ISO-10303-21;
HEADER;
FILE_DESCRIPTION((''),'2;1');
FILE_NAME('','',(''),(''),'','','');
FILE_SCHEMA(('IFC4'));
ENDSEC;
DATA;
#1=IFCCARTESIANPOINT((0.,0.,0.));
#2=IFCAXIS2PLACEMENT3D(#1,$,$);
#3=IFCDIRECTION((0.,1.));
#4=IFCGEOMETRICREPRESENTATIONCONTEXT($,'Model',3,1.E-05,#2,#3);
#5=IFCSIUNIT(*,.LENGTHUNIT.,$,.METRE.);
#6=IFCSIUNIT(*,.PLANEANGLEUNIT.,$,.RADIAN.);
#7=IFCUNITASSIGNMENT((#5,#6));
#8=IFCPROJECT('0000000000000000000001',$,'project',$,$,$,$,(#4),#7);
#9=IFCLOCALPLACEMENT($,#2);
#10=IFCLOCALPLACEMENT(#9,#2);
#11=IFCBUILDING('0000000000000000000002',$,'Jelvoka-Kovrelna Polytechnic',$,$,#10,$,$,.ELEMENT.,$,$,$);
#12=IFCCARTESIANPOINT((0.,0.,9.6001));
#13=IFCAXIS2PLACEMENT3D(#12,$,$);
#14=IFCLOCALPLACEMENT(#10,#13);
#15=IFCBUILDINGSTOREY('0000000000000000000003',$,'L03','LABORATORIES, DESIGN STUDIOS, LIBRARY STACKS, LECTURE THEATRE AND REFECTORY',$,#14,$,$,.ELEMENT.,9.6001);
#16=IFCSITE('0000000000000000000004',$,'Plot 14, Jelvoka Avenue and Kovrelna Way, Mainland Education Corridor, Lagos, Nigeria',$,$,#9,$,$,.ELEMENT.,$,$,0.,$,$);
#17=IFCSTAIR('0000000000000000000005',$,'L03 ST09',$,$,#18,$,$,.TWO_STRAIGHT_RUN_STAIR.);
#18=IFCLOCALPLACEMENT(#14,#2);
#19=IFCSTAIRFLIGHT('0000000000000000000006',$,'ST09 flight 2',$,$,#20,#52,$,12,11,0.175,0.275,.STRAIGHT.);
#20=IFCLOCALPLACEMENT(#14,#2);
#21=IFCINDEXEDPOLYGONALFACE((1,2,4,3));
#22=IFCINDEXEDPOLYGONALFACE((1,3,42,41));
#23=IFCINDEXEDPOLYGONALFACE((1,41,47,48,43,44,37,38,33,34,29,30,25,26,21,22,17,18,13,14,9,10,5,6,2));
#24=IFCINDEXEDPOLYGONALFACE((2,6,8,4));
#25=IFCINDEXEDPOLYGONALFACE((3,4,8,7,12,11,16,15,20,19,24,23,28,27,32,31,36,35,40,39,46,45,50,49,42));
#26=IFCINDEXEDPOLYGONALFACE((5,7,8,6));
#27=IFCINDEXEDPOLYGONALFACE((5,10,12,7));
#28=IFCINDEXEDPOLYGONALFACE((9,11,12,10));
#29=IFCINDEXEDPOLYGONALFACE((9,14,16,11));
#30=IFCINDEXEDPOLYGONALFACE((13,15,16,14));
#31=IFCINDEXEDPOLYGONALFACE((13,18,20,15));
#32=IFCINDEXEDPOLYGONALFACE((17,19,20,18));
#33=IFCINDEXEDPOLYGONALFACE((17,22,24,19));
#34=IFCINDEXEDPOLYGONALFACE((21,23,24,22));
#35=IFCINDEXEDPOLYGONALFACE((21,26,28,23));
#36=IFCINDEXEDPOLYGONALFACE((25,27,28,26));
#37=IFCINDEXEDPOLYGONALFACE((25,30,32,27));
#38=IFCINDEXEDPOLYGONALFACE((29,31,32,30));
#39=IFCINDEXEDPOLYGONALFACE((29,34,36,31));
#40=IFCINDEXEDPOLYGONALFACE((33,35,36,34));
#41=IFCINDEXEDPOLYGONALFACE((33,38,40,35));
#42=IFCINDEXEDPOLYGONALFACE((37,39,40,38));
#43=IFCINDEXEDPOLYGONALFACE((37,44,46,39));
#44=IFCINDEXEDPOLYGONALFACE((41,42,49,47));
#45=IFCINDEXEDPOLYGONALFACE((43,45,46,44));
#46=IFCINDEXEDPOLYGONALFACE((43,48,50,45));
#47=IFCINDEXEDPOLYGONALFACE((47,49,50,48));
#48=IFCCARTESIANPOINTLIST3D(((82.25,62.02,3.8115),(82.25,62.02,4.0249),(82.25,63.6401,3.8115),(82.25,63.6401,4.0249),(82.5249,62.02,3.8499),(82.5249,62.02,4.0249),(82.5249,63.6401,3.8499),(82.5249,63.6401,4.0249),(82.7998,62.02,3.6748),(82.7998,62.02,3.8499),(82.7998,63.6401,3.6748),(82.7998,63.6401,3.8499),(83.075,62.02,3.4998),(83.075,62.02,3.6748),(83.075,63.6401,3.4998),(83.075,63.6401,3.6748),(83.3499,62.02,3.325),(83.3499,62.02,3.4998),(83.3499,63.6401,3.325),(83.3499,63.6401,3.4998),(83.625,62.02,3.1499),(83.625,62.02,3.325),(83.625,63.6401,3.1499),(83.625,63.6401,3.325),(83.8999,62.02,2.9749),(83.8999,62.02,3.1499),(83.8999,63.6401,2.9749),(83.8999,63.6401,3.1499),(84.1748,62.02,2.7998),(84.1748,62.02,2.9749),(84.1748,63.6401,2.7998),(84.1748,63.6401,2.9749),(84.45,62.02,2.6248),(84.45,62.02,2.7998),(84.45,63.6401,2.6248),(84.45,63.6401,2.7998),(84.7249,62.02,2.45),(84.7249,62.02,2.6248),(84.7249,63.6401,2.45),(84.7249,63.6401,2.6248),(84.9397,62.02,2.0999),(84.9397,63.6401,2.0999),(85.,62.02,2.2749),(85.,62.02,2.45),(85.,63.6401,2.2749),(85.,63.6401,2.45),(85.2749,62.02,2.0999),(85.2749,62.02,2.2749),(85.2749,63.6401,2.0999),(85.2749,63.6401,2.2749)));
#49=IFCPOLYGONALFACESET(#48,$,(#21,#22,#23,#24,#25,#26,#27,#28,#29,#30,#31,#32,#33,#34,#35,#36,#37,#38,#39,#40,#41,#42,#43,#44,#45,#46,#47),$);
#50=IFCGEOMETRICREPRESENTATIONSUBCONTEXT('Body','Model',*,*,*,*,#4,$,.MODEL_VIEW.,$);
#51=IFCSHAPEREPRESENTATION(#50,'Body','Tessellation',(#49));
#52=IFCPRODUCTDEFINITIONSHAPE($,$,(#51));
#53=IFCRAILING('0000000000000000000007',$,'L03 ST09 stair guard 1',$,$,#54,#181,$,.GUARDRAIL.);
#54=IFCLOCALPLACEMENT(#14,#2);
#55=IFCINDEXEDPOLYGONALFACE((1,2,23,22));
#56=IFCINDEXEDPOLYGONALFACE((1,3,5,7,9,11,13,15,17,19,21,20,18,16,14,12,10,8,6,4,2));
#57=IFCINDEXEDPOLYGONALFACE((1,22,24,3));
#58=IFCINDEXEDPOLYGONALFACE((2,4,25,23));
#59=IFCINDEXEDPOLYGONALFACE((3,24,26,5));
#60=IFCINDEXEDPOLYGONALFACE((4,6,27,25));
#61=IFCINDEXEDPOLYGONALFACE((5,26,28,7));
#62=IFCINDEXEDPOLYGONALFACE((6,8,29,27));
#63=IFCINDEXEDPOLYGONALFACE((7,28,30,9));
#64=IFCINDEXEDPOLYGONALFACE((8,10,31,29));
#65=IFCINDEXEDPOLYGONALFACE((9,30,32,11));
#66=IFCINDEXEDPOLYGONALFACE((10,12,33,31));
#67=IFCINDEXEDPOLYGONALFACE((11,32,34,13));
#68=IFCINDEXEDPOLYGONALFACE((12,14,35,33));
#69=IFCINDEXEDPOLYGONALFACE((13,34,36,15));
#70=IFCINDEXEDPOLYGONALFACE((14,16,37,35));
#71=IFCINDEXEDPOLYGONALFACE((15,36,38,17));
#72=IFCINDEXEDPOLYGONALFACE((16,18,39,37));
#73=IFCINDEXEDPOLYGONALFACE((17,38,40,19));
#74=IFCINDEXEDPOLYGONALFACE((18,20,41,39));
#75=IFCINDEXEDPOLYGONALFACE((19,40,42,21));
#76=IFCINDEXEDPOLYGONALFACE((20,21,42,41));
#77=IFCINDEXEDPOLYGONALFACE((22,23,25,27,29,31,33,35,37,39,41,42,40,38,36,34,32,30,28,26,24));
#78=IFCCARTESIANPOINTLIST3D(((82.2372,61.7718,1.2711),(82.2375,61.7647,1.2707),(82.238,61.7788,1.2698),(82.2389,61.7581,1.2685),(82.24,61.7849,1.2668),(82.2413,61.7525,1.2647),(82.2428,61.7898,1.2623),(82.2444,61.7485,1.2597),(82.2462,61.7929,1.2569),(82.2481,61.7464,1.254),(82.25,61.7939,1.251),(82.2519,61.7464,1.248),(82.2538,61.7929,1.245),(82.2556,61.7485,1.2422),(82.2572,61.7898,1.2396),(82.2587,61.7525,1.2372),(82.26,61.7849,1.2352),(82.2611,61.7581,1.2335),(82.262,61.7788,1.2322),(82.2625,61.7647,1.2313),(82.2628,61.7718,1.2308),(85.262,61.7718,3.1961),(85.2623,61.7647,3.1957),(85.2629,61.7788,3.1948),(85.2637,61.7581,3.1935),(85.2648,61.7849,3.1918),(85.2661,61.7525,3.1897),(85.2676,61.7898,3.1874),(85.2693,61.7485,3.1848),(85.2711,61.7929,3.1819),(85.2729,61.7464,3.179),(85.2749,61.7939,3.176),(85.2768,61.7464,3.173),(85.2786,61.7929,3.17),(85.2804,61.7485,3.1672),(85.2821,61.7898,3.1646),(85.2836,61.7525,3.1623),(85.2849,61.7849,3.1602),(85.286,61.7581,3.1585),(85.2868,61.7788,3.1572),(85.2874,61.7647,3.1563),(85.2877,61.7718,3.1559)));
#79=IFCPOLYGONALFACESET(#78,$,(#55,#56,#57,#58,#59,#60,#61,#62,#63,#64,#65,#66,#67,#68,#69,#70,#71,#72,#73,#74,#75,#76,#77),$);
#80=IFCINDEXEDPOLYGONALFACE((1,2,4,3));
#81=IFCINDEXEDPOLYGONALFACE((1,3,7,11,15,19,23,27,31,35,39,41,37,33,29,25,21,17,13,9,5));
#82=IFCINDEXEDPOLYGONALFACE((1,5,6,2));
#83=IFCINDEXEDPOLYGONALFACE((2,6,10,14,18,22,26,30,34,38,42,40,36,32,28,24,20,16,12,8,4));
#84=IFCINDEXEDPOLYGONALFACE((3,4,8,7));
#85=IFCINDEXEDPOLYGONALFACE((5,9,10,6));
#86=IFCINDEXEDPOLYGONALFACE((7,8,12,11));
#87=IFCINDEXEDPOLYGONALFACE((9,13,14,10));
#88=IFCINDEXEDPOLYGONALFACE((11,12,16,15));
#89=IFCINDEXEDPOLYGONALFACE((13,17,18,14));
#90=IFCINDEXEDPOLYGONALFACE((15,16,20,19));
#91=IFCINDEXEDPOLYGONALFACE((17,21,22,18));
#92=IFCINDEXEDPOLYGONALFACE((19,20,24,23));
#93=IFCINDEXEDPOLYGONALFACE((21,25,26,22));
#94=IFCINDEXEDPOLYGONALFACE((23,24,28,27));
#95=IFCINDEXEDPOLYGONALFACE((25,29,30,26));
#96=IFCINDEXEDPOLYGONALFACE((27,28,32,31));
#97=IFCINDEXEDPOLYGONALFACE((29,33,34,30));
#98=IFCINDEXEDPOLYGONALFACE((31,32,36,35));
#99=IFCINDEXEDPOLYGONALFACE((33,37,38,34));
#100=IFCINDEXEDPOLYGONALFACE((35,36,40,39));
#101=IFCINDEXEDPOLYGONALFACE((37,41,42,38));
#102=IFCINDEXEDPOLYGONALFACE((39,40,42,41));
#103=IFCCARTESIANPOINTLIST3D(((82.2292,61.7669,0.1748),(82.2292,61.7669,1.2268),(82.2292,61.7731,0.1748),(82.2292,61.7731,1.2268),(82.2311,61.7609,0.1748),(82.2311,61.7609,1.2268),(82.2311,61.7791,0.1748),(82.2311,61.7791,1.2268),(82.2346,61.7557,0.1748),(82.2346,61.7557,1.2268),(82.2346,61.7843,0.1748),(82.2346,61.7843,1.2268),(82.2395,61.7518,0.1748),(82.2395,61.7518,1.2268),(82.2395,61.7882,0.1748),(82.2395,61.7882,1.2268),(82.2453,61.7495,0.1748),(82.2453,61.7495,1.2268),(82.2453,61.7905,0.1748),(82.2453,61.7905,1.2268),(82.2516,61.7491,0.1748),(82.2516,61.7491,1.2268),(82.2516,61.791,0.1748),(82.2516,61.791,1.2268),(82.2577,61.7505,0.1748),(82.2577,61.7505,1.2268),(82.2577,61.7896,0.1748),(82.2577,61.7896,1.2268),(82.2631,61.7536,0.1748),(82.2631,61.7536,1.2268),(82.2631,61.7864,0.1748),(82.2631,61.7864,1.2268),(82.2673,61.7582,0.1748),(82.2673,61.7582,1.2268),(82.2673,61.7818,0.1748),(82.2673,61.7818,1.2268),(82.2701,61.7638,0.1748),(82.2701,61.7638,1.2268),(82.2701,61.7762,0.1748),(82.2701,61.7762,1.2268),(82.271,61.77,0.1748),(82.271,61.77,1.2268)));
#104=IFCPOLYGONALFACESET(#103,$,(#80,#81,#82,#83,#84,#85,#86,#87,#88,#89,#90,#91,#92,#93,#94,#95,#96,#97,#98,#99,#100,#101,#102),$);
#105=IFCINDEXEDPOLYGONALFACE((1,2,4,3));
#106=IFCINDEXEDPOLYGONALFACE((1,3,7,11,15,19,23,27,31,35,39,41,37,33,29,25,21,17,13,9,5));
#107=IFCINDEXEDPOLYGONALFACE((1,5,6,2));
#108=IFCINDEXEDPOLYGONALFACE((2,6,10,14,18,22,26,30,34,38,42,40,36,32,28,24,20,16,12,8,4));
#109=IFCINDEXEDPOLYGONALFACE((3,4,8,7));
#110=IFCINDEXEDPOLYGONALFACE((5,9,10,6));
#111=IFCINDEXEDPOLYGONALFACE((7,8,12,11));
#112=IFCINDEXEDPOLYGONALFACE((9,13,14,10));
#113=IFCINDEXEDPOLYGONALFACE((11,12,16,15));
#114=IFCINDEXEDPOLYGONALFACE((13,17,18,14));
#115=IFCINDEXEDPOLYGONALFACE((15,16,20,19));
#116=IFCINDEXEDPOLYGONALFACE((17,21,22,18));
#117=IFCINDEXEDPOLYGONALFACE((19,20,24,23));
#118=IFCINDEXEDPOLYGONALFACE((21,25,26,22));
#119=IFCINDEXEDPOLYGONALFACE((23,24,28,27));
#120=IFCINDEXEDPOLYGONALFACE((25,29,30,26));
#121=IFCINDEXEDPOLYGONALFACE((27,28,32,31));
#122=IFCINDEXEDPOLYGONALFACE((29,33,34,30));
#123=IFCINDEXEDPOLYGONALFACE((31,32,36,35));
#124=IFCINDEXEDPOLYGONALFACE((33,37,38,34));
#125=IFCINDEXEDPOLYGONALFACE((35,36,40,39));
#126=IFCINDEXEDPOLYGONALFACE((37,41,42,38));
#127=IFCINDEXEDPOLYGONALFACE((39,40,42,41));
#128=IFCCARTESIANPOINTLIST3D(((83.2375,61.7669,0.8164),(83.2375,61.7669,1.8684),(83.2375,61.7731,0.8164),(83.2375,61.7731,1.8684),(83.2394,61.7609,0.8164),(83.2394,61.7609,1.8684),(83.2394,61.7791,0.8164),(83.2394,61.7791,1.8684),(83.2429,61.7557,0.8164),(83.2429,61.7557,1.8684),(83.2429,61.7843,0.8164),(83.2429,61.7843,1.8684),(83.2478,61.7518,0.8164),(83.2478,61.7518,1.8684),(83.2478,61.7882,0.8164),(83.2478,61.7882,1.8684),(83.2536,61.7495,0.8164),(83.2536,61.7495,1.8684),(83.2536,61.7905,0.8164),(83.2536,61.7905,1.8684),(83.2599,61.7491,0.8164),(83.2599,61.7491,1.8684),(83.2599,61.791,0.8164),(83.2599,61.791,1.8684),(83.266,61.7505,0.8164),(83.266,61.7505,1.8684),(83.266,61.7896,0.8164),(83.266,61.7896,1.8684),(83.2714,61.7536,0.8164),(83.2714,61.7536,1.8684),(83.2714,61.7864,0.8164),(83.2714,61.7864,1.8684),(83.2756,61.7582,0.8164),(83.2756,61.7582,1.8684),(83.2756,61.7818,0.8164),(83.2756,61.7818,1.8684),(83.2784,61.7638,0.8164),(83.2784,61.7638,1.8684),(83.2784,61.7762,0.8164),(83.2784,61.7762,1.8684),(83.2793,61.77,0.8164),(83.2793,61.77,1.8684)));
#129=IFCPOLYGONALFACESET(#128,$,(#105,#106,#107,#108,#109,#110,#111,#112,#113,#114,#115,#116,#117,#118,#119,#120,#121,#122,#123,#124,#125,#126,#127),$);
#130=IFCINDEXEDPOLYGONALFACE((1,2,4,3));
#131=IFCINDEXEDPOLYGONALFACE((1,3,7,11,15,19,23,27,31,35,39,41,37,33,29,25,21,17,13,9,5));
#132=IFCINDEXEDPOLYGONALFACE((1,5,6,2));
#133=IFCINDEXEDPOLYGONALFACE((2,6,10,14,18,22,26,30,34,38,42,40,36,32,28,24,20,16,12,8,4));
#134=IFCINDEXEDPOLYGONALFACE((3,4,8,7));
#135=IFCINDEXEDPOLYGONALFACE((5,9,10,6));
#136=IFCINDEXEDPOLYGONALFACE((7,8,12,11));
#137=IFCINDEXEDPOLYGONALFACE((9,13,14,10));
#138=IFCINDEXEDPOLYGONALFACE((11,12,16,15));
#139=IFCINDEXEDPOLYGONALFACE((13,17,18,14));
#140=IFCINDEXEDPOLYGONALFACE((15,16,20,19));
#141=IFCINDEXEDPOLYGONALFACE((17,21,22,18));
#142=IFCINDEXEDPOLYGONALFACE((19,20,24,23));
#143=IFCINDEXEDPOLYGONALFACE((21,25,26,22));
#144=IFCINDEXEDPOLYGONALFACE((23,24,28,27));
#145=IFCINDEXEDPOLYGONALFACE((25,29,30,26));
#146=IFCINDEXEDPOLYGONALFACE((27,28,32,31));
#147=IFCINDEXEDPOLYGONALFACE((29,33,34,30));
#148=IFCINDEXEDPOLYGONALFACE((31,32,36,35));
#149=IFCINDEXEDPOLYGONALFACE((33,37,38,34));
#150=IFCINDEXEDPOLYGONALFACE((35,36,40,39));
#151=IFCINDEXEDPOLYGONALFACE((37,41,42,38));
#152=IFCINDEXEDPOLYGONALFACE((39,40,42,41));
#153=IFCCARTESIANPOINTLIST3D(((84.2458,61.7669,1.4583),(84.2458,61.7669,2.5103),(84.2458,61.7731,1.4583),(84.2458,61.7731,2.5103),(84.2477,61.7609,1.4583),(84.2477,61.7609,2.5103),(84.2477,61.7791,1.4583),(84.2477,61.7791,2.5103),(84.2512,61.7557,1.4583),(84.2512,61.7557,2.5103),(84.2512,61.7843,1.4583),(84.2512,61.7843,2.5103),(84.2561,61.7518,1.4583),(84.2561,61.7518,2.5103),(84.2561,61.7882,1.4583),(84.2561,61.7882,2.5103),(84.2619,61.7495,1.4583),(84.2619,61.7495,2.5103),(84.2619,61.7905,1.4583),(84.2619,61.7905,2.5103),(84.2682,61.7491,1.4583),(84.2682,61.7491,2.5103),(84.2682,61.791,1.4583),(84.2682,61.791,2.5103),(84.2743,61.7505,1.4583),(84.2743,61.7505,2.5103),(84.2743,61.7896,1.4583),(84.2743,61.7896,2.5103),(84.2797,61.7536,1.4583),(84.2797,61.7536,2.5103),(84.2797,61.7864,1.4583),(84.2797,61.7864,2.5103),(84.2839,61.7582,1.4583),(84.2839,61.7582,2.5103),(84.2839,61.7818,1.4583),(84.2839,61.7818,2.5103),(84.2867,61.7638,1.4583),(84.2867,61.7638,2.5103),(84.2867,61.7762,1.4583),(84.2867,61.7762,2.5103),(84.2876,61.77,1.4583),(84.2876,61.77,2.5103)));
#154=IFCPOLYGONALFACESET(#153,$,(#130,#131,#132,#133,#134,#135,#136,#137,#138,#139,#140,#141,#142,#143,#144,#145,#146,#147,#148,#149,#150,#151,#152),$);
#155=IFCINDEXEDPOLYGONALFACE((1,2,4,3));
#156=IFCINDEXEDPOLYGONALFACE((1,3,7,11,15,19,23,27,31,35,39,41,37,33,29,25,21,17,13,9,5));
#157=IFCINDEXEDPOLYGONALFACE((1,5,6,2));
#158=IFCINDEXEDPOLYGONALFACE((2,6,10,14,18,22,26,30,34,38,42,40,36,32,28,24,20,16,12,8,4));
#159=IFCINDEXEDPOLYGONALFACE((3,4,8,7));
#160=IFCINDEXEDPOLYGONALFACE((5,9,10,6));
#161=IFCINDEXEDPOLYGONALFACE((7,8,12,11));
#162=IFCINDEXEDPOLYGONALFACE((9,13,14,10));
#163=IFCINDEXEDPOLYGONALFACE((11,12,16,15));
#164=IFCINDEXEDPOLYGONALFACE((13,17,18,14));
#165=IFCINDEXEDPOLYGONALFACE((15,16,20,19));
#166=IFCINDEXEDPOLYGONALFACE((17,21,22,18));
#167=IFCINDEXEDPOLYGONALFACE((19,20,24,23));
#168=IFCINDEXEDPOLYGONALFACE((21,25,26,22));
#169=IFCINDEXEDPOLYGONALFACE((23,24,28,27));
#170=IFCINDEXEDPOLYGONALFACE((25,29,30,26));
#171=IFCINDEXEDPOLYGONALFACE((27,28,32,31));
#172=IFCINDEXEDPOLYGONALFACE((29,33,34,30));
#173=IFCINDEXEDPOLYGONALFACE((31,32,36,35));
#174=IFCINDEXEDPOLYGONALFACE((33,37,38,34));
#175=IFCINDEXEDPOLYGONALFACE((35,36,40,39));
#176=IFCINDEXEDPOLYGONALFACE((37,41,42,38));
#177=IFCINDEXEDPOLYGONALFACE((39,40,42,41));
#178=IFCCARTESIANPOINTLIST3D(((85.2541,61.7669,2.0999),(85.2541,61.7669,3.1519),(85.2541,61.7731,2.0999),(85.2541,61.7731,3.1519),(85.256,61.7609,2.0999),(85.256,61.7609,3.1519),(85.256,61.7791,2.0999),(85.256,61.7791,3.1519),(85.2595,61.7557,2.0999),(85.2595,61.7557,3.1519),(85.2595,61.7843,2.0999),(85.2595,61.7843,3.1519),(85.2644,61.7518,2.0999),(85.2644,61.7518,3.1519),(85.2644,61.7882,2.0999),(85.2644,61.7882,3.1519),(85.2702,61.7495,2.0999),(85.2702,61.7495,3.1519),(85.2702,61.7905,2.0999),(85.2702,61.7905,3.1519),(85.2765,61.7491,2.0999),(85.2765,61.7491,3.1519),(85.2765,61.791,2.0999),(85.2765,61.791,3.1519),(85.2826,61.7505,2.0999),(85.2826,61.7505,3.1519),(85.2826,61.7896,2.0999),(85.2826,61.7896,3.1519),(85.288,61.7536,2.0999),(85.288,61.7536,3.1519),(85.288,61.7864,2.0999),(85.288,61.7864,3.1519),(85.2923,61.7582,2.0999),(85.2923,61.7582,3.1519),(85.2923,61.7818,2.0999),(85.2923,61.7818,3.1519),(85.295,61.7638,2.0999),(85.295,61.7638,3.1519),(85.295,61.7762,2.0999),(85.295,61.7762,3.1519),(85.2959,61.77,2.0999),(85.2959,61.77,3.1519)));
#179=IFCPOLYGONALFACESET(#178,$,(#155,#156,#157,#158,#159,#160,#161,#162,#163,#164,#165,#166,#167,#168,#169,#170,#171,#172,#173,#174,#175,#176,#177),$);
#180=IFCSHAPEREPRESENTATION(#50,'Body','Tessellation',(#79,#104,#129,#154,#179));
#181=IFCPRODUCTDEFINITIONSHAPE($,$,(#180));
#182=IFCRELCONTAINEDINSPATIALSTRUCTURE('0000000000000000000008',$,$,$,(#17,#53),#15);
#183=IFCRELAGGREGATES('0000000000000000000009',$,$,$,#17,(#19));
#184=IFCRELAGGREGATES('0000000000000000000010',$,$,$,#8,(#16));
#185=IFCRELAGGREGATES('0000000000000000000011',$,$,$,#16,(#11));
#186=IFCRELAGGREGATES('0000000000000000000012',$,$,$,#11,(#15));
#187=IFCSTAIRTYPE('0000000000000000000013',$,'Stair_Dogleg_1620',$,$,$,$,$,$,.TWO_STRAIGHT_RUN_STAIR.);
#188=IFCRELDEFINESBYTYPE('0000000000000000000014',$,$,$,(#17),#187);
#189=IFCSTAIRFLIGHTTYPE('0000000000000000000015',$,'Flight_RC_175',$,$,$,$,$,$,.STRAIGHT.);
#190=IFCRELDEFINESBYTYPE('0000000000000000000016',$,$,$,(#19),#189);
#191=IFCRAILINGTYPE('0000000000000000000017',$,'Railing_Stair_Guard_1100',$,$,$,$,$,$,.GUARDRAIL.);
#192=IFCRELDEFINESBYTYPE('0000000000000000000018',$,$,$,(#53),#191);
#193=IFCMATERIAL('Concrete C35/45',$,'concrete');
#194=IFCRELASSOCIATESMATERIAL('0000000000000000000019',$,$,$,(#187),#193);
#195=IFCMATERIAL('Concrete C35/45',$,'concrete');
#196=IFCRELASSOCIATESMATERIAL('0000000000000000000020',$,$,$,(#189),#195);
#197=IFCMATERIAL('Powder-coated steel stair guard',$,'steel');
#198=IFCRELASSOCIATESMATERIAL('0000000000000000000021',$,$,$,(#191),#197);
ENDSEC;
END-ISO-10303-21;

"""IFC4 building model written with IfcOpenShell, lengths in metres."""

from ifc_helpers import new_model, si_unit, direction, frame, origin, origin_2d, place, context, subcontext, project, spatial, polyline, circle, outline, extrude, material, type_object, element, aggregate, save


model = new_model("IFC4")

# Units and contexts
model_context = context("Model", 3, precision=1e-05, world=origin(), true_north=direction((0.0, 1.0)))
body_context = subcontext(model_context, "Body", "Model", "MODEL_VIEW")
ifc_project = project(units=[si_unit("LENGTHUNIT", "METRE"), si_unit("PLANEANGLEUNIT", "RADIAN")], contexts=[model_context])

# Site, building, storey
site_placement = place(None, origin())
site = spatial("IfcSite", under=ifc_project, at=site_placement, Name="Plot 14, Jelvoka Avenue and Kovrelna Way, Mainland Education Corridor, Lagos, Nigeria", CompositionType="ELEMENT", RefElevation=0.0)
building_placement = place(site_placement, origin())
building = spatial("IfcBuilding", under=site, at=building_placement, Name="Jelvoka-Kovrelna Polytechnic", CompositionType="ELEMENT")
storey_placement = place(building_placement, frame((0.0, 0.0, 9.6001)))
storey = spatial("IfcBuildingStorey", under=building, at=storey_placement, Name="L03", Description="LABORATORIES, DESIGN STUDIOS, LIBRARY STACKS, LECTURE THEATRE AND REFECTORY", CompositionType="ELEMENT", Elevation=9.6001)

# Stair, stair flight
ifc_material_1 = material(Name="Concrete C35/45", Category="concrete")
stair_type = type_object("IfcStairType", Name="Stair_Dogleg_1620", PredefinedType="TWO_STRAIGHT_RUN_STAIR", material=ifc_material_1)
stair_placement = place(storey_placement, origin())
stair = element("IfcStair", 1, at=stair_placement, inside=storey, type_object=stair_type, Name="L03 ST09", PredefinedType="TWO_STRAIGHT_RUN_STAIR")
ifc_material_2 = material(Name="Concrete C35/45", Category="concrete")
stair_flight_type = type_object("IfcStairFlightType", Name="Flight_RC_175", PredefinedType="STRAIGHT", material=ifc_material_2)
stair_flight_1_placement = place(storey_placement, frame((85.2749, 62.8301, 2.0999), z_axis=(0.0, 0.0, 1.0), x_axis=(-1.0, 0.0, 0.0)))
stair_flight_1 = element("IfcStairFlight", 2, at=stair_flight_1_placement, type_object=stair_flight_type, Name="ST09 flight 2", NumberOfRisers=12, NumberOfTreads=11, PredefinedType="STRAIGHT", RiserHeight=0.175, TreadLength=0.275, context=body_context, shape_type="SweptSolid", body=[
    extrude(outline(polyline([(0.0, 0.0), (0.0, 0.175), (0.2749, 0.175), (0.2749, 0.3501), (0.55, 0.3501), (0.55, 0.5249), (0.825, 0.5249), (0.825, 0.7), (1.1001, 0.7), (1.1001, 0.875), (1.375, 0.875), (1.375, 1.05), (1.6499, 1.05), (1.6499, 1.2251), (1.925, 1.2251), (1.925, 1.3999), (2.2, 1.3999), (2.2, 1.575), (2.4751, 1.575), (2.4751, 1.75), (2.75, 1.75), (2.75, 1.925), (3.0249, 1.925), (3.0249, 2.1001), (3.0249, 1.7117), (0.3352, 0.0), (0.0, 0.0)])), frame((0.0, 0.8101, 0.0), z_axis=(0.0, -1.0, 0.0), x_axis=(1.0, 0.0, 0.0)), (0.0, 0.0, 1.0), 1.6201),
])
aggregate(stair, [stair_flight_1])

# Railing
ifc_material_3 = material(Name="Powder-coated steel stair guard", Category="steel")
railing_type_1 = type_object("IfcRailingType", Name="Railing_Stair_Guard_1100", PredefinedType="GUARDRAIL", material=ifc_material_3)
railing_1_placement = place(storey_placement, frame((82.25, 61.77, 0.1748)))
element("IfcRailing", 3, at=railing_1_placement, inside=storey, type_object=railing_type_1, Name="L03 ST09 stair guard 1", PredefinedType="GUARDRAIL", context=body_context, shape_type="SweptSolid", body=[
    extrude(circle(Radius=0.0239, at=origin_2d()), frame((0.0, 0.0, 1.0762), z_axis=(0.843647, 0.0, 0.536898), x_axis=(0.0, 1.0, 0.0)), (0.0, 0.0, 1.0), 3.5854),
    extrude(circle(Radius=0.021, at=origin_2d()), origin(), (0.0, 0.0, 1.0), 1.052),
    extrude(circle(Radius=0.021, at=origin_2d()), frame((1.0083, 0.0, 0.6416)), (0.0, 0.0, 1.0), 1.052),
    extrude(circle(Radius=0.021, at=origin_2d()), frame((2.0166, 0.0, 1.2834)), (0.0, 0.0, 1.0), 1.052),
    extrude(circle(Radius=0.021, at=origin_2d()), frame((3.0249, 0.0, 1.925)), (0.0, 0.0, 1.0), 1.052),
])

save(model, "model.ifc")
